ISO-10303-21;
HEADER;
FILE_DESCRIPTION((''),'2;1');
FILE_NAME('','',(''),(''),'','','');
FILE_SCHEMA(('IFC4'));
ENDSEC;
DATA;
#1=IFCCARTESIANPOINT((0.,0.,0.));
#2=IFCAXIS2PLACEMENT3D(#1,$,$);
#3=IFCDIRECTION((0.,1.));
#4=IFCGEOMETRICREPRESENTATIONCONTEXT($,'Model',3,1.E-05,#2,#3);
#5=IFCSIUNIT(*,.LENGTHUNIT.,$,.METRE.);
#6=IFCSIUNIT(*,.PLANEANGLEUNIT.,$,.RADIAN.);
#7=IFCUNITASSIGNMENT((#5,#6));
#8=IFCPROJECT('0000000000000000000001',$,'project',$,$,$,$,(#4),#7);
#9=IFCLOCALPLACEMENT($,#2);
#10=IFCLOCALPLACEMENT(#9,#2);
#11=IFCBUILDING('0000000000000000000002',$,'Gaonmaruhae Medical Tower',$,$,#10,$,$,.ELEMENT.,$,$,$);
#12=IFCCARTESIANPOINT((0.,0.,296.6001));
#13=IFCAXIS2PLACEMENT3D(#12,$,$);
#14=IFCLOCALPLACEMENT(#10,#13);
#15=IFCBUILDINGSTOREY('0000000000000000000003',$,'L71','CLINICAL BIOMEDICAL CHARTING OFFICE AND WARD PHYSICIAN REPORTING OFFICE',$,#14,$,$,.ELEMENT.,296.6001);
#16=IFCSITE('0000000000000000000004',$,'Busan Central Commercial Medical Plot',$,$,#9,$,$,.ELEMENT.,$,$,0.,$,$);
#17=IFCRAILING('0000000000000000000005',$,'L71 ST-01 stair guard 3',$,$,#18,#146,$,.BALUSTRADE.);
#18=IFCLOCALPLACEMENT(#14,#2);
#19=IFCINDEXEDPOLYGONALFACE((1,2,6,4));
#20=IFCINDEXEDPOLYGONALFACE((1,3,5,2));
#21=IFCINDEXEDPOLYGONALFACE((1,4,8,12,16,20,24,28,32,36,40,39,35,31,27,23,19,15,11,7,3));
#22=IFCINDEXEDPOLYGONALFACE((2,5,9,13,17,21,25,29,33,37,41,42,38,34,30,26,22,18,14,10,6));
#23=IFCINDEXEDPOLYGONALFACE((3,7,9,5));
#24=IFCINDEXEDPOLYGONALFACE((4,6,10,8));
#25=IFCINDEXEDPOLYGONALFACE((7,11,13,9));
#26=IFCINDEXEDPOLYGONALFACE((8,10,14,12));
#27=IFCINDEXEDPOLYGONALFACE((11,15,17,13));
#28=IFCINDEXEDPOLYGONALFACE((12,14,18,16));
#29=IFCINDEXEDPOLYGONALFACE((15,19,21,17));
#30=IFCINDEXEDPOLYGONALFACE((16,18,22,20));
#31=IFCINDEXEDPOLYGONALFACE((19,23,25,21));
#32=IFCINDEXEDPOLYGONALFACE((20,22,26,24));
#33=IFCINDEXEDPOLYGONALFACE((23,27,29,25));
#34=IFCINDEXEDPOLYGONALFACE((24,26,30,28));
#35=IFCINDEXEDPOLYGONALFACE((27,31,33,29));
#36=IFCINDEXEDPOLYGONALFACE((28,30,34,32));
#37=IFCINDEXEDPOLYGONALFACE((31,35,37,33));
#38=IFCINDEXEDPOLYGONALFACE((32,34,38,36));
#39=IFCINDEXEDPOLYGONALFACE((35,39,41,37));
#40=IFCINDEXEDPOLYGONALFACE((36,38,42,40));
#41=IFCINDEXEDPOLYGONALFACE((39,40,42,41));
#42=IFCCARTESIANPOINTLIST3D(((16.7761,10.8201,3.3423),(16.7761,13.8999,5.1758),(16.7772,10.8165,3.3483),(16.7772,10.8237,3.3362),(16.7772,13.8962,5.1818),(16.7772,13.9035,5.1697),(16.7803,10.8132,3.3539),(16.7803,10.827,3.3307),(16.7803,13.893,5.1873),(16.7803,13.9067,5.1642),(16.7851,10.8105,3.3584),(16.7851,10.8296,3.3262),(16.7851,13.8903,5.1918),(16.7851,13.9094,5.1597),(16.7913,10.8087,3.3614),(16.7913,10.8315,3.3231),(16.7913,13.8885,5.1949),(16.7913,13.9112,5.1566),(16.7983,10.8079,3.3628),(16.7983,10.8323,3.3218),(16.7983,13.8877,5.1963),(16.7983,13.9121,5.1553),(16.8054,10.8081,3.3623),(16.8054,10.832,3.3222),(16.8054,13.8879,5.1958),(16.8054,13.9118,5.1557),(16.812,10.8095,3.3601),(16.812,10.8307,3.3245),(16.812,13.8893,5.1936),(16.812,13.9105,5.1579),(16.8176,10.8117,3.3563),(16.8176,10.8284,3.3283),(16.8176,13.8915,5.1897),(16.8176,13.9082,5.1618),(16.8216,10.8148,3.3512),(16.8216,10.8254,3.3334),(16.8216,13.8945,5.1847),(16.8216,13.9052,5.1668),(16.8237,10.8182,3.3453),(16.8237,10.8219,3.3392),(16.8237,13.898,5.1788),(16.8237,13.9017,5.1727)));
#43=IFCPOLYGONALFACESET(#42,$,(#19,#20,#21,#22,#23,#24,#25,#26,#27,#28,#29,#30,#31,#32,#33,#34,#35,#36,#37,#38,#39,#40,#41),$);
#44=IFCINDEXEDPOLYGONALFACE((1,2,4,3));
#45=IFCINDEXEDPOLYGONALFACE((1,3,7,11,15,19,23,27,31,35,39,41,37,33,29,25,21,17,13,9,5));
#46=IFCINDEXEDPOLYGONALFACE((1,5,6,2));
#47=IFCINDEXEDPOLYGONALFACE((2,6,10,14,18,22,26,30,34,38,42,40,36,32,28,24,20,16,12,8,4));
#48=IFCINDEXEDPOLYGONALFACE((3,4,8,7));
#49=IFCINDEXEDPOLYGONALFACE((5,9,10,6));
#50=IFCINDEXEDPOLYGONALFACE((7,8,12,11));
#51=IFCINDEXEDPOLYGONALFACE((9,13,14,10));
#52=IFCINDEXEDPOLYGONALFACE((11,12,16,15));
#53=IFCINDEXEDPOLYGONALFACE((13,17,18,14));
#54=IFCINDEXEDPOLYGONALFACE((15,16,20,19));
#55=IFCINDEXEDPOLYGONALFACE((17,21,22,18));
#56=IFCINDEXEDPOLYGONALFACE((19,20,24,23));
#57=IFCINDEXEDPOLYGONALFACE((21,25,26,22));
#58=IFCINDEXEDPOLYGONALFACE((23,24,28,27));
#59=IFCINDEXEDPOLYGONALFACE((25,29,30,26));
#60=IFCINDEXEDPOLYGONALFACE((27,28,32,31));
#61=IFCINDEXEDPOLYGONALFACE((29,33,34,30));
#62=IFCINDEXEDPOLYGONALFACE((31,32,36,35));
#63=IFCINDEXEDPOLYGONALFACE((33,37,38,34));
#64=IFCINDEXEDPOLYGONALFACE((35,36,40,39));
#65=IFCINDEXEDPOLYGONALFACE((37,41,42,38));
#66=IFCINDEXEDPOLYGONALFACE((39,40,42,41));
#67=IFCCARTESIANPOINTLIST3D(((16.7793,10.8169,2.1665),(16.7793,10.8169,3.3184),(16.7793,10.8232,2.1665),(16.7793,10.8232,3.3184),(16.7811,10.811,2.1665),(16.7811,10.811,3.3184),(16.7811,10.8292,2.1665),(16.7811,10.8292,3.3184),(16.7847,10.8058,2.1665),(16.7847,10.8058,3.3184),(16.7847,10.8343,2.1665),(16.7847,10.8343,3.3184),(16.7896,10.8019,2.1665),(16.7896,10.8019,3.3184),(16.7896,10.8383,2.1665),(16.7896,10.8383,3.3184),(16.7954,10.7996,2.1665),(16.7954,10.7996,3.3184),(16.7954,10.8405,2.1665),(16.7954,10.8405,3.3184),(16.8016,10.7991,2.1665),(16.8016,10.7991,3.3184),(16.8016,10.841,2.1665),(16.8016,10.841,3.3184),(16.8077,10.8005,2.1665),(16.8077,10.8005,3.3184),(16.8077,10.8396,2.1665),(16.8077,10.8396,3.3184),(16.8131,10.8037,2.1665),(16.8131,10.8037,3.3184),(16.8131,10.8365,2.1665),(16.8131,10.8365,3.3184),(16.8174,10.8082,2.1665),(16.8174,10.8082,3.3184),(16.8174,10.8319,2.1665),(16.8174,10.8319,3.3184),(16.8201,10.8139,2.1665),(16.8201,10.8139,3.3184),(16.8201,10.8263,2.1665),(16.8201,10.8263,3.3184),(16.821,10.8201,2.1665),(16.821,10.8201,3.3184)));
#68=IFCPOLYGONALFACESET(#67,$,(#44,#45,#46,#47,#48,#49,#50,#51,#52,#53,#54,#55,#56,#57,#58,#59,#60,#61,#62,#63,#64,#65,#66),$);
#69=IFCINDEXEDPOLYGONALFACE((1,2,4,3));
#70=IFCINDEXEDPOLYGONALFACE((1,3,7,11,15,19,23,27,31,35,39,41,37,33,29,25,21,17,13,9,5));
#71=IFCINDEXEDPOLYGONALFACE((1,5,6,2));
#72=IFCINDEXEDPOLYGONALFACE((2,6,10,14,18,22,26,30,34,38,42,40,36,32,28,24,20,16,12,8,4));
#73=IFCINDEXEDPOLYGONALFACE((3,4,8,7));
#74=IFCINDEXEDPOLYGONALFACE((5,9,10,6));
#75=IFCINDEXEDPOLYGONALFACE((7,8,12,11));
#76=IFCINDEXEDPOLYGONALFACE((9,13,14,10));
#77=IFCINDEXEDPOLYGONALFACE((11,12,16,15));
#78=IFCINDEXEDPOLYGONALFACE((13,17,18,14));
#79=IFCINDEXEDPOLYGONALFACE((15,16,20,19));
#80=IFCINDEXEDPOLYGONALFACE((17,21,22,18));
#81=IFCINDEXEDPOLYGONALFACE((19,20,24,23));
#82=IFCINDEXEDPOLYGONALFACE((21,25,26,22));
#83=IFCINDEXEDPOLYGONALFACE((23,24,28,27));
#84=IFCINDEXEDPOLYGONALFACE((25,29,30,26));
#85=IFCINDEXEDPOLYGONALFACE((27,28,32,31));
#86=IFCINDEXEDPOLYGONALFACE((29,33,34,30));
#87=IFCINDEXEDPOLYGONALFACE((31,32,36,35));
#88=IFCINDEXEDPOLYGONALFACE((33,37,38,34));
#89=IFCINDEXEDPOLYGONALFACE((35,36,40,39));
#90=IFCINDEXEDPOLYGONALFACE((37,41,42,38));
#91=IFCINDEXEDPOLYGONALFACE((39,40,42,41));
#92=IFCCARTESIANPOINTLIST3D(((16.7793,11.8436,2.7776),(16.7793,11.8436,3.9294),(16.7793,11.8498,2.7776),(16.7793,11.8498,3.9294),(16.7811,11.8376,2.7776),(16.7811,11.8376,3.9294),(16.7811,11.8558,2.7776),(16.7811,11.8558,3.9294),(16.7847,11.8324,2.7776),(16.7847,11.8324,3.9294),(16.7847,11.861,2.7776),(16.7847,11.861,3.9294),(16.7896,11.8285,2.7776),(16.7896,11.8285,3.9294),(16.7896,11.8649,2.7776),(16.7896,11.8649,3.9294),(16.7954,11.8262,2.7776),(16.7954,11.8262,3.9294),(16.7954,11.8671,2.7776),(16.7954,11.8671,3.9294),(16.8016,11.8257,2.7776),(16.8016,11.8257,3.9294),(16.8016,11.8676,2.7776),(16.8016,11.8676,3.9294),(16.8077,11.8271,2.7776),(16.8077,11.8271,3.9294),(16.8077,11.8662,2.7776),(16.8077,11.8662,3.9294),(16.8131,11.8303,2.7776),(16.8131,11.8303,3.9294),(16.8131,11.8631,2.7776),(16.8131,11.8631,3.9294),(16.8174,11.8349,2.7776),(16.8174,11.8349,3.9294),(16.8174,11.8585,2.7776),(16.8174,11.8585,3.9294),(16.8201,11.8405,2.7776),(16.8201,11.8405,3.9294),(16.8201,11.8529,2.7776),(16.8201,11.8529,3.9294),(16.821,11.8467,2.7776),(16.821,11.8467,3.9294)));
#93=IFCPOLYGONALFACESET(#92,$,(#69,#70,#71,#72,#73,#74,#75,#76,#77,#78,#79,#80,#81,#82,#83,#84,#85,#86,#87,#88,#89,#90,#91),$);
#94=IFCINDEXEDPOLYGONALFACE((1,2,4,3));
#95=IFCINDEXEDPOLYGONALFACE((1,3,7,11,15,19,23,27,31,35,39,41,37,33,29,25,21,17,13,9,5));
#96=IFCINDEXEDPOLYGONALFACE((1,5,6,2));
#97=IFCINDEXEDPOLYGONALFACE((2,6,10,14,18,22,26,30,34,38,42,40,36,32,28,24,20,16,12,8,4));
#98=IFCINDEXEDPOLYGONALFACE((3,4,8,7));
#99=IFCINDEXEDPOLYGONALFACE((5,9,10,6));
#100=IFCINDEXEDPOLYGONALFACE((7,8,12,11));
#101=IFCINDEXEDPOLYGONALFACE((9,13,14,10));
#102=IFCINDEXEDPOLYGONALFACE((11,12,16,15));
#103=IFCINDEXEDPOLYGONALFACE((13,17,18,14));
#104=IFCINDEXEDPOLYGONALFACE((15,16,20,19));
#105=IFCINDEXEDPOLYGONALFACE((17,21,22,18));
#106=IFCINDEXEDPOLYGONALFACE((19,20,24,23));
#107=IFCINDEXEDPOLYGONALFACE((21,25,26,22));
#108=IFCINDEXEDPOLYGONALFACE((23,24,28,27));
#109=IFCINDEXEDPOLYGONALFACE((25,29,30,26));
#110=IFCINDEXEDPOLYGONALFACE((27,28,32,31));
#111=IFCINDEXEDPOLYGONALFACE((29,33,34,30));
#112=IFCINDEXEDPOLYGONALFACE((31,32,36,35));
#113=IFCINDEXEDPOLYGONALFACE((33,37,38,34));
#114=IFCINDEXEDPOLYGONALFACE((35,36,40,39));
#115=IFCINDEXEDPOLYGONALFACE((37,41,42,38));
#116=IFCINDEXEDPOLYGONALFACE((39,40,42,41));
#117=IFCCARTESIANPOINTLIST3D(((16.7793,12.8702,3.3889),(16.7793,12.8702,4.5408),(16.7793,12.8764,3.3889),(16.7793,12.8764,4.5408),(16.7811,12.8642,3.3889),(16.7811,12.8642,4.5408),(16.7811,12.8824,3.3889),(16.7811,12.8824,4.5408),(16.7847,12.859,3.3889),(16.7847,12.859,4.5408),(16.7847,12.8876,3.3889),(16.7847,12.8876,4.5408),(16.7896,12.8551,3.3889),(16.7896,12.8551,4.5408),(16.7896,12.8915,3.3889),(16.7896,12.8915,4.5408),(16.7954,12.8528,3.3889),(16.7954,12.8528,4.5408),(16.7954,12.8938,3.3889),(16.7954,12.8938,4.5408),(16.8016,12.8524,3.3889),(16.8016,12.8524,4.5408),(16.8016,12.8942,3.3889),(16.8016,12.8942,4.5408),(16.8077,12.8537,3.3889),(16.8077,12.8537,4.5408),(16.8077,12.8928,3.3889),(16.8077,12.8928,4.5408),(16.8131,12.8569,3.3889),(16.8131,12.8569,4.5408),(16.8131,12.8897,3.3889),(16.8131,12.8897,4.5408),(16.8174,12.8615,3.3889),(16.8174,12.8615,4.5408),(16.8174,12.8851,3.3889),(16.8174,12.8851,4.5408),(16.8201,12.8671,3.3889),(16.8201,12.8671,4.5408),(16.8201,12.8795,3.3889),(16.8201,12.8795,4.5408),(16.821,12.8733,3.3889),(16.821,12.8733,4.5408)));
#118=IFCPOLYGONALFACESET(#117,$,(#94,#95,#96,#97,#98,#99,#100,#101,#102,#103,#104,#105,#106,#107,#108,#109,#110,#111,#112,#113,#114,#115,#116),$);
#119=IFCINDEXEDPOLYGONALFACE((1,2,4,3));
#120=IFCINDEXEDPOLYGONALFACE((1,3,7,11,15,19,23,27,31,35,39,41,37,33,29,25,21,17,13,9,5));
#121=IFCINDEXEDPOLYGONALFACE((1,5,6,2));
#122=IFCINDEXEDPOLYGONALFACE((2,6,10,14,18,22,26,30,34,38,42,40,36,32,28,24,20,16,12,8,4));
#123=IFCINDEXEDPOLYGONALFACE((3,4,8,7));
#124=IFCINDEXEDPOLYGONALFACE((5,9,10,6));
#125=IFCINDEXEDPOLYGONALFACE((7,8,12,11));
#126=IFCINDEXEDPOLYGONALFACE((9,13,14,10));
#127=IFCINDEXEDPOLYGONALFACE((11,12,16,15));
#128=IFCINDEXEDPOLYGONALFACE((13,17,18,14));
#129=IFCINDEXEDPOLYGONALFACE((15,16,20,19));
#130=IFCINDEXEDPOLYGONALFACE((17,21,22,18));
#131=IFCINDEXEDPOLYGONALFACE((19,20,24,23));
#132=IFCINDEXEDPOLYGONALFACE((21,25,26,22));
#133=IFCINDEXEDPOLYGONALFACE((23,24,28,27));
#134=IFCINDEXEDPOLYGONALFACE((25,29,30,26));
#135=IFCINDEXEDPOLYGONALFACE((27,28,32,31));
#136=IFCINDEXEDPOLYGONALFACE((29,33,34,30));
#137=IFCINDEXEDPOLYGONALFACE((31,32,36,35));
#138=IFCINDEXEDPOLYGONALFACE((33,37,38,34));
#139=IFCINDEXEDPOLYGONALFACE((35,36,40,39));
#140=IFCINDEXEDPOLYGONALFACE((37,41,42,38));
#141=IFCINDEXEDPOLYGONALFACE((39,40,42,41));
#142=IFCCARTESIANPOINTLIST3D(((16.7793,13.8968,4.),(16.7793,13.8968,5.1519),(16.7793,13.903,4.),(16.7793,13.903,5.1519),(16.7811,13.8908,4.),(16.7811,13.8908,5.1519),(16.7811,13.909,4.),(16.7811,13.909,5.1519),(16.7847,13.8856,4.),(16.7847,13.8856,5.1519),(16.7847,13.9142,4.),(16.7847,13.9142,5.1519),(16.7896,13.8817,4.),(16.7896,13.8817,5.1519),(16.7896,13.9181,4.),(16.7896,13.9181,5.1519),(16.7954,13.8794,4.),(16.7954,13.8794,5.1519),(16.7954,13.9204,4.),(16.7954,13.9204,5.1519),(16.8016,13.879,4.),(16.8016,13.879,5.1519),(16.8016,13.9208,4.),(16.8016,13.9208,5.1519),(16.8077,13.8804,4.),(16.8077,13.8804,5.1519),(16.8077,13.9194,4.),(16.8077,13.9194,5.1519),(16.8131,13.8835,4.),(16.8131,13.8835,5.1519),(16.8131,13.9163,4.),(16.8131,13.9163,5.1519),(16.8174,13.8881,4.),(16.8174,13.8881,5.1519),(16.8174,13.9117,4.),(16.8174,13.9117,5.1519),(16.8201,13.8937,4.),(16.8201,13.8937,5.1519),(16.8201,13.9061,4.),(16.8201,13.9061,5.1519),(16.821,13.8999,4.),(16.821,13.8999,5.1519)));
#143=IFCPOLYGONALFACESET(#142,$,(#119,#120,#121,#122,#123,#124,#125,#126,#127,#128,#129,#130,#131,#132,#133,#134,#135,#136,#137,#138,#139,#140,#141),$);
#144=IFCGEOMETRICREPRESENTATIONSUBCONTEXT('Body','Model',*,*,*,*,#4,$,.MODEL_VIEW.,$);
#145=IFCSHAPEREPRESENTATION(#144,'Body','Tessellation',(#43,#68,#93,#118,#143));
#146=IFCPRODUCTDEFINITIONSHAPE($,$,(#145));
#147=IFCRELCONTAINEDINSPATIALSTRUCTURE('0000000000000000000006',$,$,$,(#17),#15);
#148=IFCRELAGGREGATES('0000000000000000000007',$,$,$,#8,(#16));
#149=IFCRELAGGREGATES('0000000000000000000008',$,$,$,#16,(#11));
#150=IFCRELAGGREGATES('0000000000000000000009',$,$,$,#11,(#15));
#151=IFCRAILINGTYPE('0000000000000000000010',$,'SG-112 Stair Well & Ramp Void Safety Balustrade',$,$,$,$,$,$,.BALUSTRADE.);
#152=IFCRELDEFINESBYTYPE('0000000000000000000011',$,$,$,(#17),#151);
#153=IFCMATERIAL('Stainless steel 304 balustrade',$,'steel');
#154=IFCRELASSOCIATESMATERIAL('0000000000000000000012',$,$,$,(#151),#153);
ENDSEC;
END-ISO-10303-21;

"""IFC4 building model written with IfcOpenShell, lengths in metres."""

from ifc_helpers import new_model, si_unit, direction, frame, origin, origin_2d, place, context, subcontext, project, spatial, circle, extrude, material, type_object, element, save


model = new_model("IFC4")

# Units and contexts
model_context = context("Model", 3, precision=1e-05, world=origin(), true_north=direction((0.0, 1.0)))
body_context = subcontext(model_context, "Body", "Model", "MODEL_VIEW")
ifc_project = project(units=[si_unit("LENGTHUNIT", "METRE"), si_unit("PLANEANGLEUNIT", "RADIAN")], contexts=[model_context])

# Site, building, storey
site_placement = place(None, origin())
site = spatial("IfcSite", under=ifc_project, at=site_placement, Name="Busan Central Commercial Medical Plot", CompositionType="ELEMENT", RefElevation=0.0)
building_placement = place(site_placement, origin())
building = spatial("IfcBuilding", under=site, at=building_placement, Name="Gaonmaruhae Medical Tower", CompositionType="ELEMENT")
storey_placement = place(building_placement, frame((0.0, 0.0, 296.6001)))
storey = spatial("IfcBuildingStorey", under=building, at=storey_placement, Name="L71", Description="CLINICAL BIOMEDICAL CHARTING OFFICE AND WARD PHYSICIAN REPORTING OFFICE", CompositionType="ELEMENT", Elevation=296.6001)

# Railing
ifc_material_1 = material(Name="Stainless steel 304 balustrade", Category="steel")
railing_type_1 = type_object("IfcRailingType", Name="SG-112 Stair Well & Ramp Void Safety Balustrade", PredefinedType="BALUSTRADE", material=ifc_material_1)
railing_1_placement = place(storey_placement, frame((16.8, 10.8201, 2.1665)))
element("IfcRailing", 1, at=railing_1_placement, inside=storey, type_object=railing_type_1, Name="L71 ST-01 stair guard 3", PredefinedType="BALUSTRADE", context=body_context, shape_type="SweptSolid", body=[
    extrude(circle(Radius=0.0239, at=origin_2d()), frame((0.0, 0.0, 1.1758), z_axis=(0.0, 0.859261, 0.511538), x_axis=(-1.0, 0.0, 0.0)), (0.0, 0.0, 1.0), 3.5842),
    extrude(circle(Radius=0.021, at=origin_2d()), origin(), (0.0, 0.0, 1.0), 1.1519),
    extrude(circle(Radius=0.021, at=origin_2d()), frame((0.0, 1.0266, 0.6111)), (0.0, 0.0, 1.0), 1.1519),
    extrude(circle(Radius=0.021, at=origin_2d()), frame((0.0, 2.0532, 1.2224)), (0.0, 0.0, 1.0), 1.1519),
    extrude(circle(Radius=0.021, at=origin_2d()), frame((0.0, 3.0798, 1.8335)), (0.0, 0.0, 1.0), 1.1519),
])

save(model, "model.ifc")
